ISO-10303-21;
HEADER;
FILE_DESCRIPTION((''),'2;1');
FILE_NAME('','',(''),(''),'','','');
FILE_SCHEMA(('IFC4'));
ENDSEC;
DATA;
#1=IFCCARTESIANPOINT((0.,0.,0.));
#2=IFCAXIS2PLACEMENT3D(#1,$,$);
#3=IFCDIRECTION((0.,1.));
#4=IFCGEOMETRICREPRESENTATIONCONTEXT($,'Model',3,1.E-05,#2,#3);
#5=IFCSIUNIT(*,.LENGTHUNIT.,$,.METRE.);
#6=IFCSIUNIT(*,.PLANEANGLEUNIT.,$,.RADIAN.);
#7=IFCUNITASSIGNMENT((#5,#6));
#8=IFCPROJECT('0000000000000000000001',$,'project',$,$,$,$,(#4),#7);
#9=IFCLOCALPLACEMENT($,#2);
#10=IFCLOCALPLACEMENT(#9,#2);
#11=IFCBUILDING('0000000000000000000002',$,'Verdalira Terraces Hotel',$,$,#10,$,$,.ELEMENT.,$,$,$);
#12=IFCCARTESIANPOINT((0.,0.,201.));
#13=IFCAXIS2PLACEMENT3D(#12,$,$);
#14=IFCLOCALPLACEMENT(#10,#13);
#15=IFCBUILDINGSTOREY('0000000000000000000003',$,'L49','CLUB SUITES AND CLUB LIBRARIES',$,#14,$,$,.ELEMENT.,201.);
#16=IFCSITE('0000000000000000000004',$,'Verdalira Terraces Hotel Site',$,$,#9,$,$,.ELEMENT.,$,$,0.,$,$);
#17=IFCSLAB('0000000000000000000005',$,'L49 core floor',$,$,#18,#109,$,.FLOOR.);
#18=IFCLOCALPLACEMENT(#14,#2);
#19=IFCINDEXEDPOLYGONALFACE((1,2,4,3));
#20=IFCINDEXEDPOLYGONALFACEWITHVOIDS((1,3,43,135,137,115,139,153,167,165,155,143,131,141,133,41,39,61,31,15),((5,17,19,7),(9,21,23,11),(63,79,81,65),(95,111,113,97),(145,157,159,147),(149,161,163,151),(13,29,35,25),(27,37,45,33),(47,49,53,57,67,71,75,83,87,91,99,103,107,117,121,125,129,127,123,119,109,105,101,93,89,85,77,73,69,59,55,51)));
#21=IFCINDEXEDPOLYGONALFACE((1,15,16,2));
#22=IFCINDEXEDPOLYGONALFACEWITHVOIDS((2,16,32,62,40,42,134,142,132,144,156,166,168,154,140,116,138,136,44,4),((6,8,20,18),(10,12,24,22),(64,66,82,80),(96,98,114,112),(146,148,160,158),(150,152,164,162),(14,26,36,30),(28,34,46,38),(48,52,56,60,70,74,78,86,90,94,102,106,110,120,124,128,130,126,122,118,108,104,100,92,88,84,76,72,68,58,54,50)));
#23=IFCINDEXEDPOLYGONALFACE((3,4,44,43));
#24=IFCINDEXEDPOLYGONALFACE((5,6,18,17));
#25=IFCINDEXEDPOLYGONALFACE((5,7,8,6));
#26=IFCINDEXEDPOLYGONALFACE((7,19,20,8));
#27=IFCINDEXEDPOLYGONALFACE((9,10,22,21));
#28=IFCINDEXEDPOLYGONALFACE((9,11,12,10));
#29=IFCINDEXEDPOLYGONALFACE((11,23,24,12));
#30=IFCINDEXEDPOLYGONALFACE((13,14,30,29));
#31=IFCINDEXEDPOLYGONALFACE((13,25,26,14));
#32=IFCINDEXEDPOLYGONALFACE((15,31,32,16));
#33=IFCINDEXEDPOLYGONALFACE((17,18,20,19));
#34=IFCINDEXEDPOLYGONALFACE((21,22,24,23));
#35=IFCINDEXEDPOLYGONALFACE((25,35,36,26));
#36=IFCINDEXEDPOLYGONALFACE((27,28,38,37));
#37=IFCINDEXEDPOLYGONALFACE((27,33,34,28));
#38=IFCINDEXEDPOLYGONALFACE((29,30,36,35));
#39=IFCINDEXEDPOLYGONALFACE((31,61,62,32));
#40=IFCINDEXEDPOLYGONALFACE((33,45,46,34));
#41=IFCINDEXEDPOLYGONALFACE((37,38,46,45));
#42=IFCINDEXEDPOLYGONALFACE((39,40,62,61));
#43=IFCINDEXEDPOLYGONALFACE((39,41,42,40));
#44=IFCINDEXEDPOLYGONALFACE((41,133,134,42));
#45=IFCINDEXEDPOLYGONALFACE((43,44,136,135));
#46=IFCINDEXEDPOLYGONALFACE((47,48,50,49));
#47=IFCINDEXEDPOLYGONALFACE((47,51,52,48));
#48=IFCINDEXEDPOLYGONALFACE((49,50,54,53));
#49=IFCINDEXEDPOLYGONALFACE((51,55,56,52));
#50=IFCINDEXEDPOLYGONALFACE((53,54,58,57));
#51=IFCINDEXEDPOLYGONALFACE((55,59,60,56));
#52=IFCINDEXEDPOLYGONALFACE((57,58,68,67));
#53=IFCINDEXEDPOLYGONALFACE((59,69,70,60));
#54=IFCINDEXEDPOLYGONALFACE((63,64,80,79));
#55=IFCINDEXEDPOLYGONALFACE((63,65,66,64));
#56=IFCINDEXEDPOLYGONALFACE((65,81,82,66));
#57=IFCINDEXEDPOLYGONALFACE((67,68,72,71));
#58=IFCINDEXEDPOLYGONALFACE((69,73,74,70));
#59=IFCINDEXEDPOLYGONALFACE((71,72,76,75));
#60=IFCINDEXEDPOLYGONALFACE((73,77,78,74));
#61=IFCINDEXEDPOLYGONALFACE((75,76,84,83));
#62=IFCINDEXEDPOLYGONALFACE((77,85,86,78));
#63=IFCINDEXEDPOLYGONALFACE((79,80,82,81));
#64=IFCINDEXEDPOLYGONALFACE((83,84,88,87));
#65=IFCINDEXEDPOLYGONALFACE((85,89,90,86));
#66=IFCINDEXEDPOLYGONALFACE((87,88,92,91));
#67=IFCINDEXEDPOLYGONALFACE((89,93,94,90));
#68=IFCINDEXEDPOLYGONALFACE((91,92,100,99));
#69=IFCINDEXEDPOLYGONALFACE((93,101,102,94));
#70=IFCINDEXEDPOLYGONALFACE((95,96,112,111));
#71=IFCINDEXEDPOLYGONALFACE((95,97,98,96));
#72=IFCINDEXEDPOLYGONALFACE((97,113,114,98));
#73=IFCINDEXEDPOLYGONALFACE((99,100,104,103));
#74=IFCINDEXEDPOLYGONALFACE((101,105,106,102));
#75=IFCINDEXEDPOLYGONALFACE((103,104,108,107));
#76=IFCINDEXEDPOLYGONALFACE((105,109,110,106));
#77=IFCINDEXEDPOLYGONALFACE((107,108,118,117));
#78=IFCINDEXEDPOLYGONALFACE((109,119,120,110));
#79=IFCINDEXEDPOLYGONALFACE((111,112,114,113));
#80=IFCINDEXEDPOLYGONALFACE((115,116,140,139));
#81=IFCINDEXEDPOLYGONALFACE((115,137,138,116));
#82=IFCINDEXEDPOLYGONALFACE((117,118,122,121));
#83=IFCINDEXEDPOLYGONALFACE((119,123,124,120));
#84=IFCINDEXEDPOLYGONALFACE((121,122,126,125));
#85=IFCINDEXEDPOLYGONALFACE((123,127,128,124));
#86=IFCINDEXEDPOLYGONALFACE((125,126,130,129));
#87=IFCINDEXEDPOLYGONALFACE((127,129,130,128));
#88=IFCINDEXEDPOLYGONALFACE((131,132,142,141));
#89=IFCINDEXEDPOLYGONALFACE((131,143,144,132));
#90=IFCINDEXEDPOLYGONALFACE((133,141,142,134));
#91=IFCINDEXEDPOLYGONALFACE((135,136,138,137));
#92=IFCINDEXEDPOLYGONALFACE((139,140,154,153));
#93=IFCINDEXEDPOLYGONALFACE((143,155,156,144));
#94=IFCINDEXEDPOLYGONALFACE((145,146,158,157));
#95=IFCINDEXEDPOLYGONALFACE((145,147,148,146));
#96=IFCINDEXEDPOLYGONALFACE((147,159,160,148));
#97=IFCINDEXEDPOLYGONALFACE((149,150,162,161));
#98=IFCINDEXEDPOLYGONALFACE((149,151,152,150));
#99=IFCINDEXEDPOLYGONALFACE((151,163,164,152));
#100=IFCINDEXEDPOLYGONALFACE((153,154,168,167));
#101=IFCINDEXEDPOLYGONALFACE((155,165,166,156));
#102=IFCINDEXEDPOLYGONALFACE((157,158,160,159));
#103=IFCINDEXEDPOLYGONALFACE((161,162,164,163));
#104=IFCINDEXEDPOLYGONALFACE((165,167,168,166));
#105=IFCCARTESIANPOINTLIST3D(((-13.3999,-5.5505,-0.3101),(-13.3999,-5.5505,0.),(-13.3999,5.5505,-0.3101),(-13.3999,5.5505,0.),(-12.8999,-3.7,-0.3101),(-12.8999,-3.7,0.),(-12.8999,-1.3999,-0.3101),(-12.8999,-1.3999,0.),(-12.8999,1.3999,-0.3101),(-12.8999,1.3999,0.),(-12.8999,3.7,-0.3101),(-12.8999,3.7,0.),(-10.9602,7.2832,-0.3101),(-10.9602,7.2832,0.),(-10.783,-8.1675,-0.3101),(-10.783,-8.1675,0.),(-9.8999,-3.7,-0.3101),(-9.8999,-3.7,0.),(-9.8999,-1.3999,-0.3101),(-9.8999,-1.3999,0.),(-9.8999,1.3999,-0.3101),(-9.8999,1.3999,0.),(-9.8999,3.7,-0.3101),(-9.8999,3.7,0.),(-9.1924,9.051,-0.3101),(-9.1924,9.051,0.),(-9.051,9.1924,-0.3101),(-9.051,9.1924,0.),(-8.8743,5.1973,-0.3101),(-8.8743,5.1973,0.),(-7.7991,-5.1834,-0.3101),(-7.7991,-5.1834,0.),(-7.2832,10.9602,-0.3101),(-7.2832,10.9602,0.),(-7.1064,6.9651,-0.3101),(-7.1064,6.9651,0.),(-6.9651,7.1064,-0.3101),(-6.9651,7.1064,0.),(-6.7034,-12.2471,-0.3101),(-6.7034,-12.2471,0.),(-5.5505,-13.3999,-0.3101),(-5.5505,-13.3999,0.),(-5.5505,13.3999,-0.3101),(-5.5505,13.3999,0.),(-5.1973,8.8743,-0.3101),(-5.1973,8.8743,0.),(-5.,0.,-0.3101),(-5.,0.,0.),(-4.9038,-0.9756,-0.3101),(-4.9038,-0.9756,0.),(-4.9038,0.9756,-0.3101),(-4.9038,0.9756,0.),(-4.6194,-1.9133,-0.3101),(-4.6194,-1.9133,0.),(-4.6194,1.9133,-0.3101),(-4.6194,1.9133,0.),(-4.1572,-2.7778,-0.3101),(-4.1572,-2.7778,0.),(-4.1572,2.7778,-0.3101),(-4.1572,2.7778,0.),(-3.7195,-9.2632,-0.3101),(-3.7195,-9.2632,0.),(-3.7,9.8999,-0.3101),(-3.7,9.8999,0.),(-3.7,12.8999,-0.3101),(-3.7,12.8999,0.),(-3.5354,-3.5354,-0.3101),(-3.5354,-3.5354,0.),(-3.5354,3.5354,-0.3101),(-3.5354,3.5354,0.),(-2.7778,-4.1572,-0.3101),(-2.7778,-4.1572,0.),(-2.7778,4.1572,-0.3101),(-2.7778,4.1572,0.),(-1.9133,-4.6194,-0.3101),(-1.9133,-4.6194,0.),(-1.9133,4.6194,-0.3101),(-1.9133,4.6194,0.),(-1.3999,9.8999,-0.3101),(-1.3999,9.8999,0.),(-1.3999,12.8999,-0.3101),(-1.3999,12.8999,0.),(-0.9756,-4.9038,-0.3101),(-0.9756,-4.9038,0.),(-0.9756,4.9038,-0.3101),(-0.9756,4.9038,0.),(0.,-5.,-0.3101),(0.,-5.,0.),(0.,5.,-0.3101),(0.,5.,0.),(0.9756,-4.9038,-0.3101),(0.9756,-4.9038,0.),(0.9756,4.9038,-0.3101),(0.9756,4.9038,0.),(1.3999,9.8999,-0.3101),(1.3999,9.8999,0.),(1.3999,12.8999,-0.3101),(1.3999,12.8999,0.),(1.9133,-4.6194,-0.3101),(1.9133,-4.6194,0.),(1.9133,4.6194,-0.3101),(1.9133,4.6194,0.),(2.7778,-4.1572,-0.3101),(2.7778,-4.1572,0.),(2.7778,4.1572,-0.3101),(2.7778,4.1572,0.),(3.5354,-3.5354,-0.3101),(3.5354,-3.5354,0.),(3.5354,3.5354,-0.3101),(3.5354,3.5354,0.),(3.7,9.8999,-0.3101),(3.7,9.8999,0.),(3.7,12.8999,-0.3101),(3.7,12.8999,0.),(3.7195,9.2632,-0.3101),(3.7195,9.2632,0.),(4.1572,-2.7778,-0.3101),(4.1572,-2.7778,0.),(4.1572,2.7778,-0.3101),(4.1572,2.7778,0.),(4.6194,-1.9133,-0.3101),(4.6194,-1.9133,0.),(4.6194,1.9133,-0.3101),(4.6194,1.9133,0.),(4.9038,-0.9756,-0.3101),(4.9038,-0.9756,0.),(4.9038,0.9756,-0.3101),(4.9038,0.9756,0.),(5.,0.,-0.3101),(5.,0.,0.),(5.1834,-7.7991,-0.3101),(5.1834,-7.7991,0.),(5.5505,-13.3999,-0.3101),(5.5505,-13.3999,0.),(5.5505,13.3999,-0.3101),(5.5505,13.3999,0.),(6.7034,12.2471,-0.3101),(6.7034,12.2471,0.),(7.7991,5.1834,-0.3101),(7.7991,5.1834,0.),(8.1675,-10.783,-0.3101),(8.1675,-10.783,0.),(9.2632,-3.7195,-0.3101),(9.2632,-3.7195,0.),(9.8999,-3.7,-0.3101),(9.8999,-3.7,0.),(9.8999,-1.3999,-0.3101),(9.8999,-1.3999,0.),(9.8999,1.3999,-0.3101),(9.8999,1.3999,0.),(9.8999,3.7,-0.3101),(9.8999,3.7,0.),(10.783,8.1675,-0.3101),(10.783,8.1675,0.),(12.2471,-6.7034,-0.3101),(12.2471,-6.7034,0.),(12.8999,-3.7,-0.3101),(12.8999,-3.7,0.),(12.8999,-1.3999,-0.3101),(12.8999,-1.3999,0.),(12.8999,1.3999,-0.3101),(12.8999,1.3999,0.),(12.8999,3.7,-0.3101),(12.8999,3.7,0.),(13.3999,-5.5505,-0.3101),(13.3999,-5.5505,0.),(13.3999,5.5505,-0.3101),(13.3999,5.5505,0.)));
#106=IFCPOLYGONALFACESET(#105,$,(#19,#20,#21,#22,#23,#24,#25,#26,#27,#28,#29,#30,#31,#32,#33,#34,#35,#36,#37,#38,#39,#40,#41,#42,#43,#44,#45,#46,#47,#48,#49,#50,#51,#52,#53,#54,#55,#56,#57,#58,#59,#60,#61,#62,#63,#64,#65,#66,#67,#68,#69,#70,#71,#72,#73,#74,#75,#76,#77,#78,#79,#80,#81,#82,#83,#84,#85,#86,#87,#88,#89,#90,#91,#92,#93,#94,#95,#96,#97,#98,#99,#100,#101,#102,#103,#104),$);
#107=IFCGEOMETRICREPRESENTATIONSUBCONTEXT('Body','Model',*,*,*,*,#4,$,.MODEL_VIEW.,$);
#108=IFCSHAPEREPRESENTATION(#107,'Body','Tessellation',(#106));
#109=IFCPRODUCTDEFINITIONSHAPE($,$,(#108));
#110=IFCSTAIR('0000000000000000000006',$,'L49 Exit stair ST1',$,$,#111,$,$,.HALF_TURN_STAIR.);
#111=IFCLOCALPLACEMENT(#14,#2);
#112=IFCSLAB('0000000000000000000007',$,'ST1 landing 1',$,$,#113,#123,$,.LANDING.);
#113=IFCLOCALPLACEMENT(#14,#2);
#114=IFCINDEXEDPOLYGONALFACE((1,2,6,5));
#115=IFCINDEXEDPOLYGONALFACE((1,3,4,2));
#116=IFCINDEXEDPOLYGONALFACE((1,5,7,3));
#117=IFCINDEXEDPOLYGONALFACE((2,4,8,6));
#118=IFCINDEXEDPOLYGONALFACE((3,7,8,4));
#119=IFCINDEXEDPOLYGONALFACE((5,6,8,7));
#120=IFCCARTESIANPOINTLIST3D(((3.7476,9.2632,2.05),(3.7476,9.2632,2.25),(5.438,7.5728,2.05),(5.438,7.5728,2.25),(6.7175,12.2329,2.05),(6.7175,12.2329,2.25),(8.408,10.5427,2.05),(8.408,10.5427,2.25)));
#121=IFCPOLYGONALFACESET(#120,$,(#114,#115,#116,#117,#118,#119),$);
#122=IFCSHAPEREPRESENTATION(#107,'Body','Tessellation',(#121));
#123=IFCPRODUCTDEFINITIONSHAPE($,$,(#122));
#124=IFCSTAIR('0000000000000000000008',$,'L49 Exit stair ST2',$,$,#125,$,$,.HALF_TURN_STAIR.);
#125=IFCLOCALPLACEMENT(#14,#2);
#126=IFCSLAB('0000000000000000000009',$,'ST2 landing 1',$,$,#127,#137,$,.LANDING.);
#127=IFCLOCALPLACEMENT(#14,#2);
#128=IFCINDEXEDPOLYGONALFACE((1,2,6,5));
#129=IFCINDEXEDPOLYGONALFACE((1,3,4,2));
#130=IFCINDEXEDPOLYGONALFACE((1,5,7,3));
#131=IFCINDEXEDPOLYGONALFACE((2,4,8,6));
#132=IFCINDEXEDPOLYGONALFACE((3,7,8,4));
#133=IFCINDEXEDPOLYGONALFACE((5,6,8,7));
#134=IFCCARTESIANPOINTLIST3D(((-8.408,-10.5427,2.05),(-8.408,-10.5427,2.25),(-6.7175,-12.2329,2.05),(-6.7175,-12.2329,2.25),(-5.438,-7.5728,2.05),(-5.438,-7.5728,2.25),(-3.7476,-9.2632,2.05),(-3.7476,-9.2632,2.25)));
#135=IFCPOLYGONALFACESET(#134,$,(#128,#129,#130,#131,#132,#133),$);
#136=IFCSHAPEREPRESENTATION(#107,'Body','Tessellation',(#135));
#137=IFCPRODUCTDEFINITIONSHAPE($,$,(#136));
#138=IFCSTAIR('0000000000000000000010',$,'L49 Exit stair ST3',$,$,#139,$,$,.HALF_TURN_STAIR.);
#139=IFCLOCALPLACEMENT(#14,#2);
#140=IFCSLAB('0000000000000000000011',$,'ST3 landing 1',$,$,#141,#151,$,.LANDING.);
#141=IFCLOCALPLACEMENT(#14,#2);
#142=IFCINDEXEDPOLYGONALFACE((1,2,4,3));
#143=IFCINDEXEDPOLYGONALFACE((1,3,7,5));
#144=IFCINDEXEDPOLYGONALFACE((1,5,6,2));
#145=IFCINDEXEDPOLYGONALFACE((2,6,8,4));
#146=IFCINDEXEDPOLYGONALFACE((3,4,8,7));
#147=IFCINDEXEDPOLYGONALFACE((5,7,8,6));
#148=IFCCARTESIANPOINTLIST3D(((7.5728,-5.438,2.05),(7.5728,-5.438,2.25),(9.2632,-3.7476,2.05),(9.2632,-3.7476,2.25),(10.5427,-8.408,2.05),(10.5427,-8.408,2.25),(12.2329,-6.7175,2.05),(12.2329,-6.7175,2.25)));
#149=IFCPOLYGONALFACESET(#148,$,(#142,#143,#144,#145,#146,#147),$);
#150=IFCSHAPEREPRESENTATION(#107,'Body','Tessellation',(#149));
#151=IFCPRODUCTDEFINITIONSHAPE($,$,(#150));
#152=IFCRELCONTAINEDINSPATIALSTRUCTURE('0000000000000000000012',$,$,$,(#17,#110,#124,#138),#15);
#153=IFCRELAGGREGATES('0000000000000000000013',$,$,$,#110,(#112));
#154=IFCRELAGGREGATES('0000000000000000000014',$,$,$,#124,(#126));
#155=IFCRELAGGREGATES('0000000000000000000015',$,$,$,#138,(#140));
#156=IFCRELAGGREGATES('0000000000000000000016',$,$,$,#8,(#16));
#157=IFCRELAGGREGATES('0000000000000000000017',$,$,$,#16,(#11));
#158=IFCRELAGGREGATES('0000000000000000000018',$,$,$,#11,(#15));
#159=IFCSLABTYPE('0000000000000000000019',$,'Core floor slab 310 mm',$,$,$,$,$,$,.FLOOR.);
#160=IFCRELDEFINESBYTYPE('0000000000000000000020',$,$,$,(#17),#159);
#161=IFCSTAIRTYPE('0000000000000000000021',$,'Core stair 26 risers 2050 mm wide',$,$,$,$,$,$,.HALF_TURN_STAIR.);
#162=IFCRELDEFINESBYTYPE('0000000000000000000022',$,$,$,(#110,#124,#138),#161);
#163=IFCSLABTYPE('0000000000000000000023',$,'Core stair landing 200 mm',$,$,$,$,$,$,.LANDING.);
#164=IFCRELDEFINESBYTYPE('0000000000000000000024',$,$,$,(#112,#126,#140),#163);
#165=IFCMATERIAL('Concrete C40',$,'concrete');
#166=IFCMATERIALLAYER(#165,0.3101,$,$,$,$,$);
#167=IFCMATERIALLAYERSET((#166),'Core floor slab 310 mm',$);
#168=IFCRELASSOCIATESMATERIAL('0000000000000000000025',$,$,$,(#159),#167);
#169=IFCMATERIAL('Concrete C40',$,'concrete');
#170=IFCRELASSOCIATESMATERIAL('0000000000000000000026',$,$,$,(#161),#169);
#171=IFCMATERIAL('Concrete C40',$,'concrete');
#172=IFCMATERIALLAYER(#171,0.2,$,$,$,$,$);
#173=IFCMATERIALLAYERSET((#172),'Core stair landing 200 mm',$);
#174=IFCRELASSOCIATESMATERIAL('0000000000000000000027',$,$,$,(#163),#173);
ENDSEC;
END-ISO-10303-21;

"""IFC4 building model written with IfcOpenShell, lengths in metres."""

from ifc_helpers import new_model, si_unit, direction, frame, origin, place, context, subcontext, project, spatial, polyline, outline, extrude, material, layer, layer_set, type_object, element, aggregate, save


model = new_model("IFC4")

# Units and contexts
model_context = context("Model", 3, precision=1e-05, world=origin(), true_north=direction((0.0, 1.0)))
body_context = subcontext(model_context, "Body", "Model", "MODEL_VIEW")
ifc_project = project(units=[si_unit("LENGTHUNIT", "METRE"), si_unit("PLANEANGLEUNIT", "RADIAN")], contexts=[model_context])

# Site, building, storey
site_placement = place(None, origin())
site = spatial("IfcSite", under=ifc_project, at=site_placement, Name="Verdalira Terraces Hotel Site", CompositionType="ELEMENT", RefElevation=0.0)
building_placement = place(site_placement, origin())
building = spatial("IfcBuilding", under=site, at=building_placement, Name="Verdalira Terraces Hotel", CompositionType="ELEMENT")
storey_placement = place(building_placement, frame((0.0, 0.0, 201.0)))
storey = spatial("IfcBuildingStorey", under=building, at=storey_placement, Name="L49", Description="CLUB SUITES AND CLUB LIBRARIES", CompositionType="ELEMENT", Elevation=201.0)

# Slab
ifc_material_1 = material(Name="Concrete C40", Category="concrete")
ifc_layer_1 = layer(ifc_material_1, 0.3101)
ifc_layer_set_1 = layer_set([ifc_layer_1], Name="Core floor slab 310 mm")
slab_type_1 = type_object("IfcSlabType", Name="Core floor slab 310 mm", PredefinedType="FLOOR", material=ifc_layer_set_1)
slab_1_placement = place(storey_placement, frame((0.0, 0.0, -0.3101)))
element("IfcSlab", 1, at=slab_1_placement, inside=storey, type_object=slab_type_1, Name="L49 core floor", PredefinedType="FLOOR", context=body_context, shape_type="SweptSolid", body=[
    extrude(outline(polyline([(-6.7034, -12.2471), (-3.7195, -9.2632), (-7.7991, -5.1833), (-10.783, -8.1675), (-13.3999, -5.5505), (-13.3999, 5.5505), (-5.5505, 13.3999), (5.5505, 13.3999), (6.7034, 12.2471), (3.7195, 9.2632), (7.7991, 5.1833), (10.783, 8.1675), (13.3999, 5.5505), (13.3999, -5.5505), (12.2471, -6.7034), (9.2632, -3.7195), (5.1833, -7.7991), (8.1675, -10.783), (5.5505, -13.3999), (-5.5505, -13.3999), (-6.7034, -12.2471)]), holes=[polyline([(9.8999, -1.3999), (9.8999, -3.7), (12.8999, -3.7), (12.8999, -1.3999), (9.8999, -1.3999)]), polyline([(9.8999, 3.7), (9.8999, 1.3999), (12.8999, 1.3999), (12.8999, 3.7), (9.8999, 3.7)]), polyline([(3.7, 12.8999), (1.3999, 12.8999), (1.3999, 9.8999), (3.7, 9.8999), (3.7, 12.8999)]), polyline([(-1.3999, 12.8999), (-3.7, 12.8999), (-3.7, 9.8999), (-1.3999, 9.8999), (-1.3999, 12.8999)]), polyline([(-9.8999, 1.3999), (-9.8999, 3.7), (-12.8999, 3.7), (-12.8999, 1.3999), (-9.8999, 1.3999)]), polyline([(-9.8999, -3.7), (-9.8999, -1.3999), (-12.8999, -1.3999), (-12.8999, -3.7), (-9.8999, -3.7)]), polyline([(-9.051, 9.1924), (-6.9651, 7.1064), (-5.1973, 8.8743), (-7.2832, 10.9602), (-9.051, 9.1924)]), polyline([(-9.1924, 9.051), (-10.9602, 7.2832), (-8.8743, 5.1973), (-7.1064, 6.9651), (-9.1924, 9.051)]), polyline([(3.5354, 3.5354), (2.7778, 4.1572), (1.9133, 4.6194), (0.9756, 4.9038), (0.0, 5.0), (-0.9756, 4.9038), (-1.9133, 4.6194), (-2.7778, 4.1572), (-3.5354, 3.5354), (-4.1572, 2.7778), (-4.6194, 1.9133), (-4.9038, 0.9756), (-5.0, 0.0), (-4.9038, -0.9756), (-4.6194, -1.9133), (-4.1572, -2.7778), (-3.5354, -3.5354), (-2.7778, -4.1572), (-1.9133, -4.6194), (-0.9756, -4.9038), (0.0, -5.0), (0.9756, -4.9038), (1.9133, -4.6194), (2.7778, -4.1572), (3.5354, -3.5354), (4.1572, -2.7778), (4.6194, -1.9133), (4.9038, -0.9756), (5.0, 0.0), (4.9038, 0.9756), (4.6194, 1.9133), (4.1572, 2.7778), (3.5354, 3.5354)])]), origin(), (0.0, 0.0, 1.0), 0.3101),
])

# Stairs, slabs
ifc_material_2 = material(Name="Concrete C40", Category="concrete")
stair_type = type_object("IfcStairType", Name="Core stair 26 risers 2050 mm wide", PredefinedType="HALF_TURN_STAIR", material=ifc_material_2)
stair_1_placement = place(storey_placement, origin())
stair_1 = element("IfcStair", 2, at=stair_1_placement, inside=storey, type_object=stair_type, Name="L49 Exit stair ST1", PredefinedType="HALF_TURN_STAIR")
ifc_material_3 = material(Name="Concrete C40", Category="concrete")
ifc_layer_2 = layer(ifc_material_3, 0.2)
ifc_layer_set_2 = layer_set([ifc_layer_2], Name="Core stair landing 200 mm")
slab_type_2 = type_object("IfcSlabType", Name="Core stair landing 200 mm", PredefinedType="LANDING", material=ifc_layer_set_2)
slab_2_placement = place(storey_placement, frame((0.0, 0.0, 2.05)))
slab_2 = element("IfcSlab", 3, at=slab_2_placement, type_object=slab_type_2, Name="ST1 landing 1", PredefinedType="LANDING", context=body_context, shape_type="SweptSolid", body=[
    extrude(outline(polyline([(8.408, 10.5427), (6.7175, 12.2329), (3.7476, 9.2632), (5.438, 7.5728), (8.408, 10.5427)])), origin(), (0.0, 0.0, 1.0), 0.2),
])
aggregate(stair_1, [slab_2])
stair_2_placement = place(storey_placement, origin())
stair_2 = element("IfcStair", 4, at=stair_2_placement, inside=storey, type_object=stair_type, Name="L49 Exit stair ST2", PredefinedType="HALF_TURN_STAIR")
slab_3_placement = place(storey_placement, frame((0.0, 0.0, 2.05)))
slab_3 = element("IfcSlab", 5, at=slab_3_placement, type_object=slab_type_2, Name="ST2 landing 1", PredefinedType="LANDING", context=body_context, shape_type="SweptSolid", body=[
    extrude(outline(polyline([(-8.408, -10.5427), (-6.7175, -12.2329), (-3.7476, -9.2632), (-5.438, -7.5728), (-8.408, -10.5427)])), origin(), (0.0, 0.0, 1.0), 0.2),
])
aggregate(stair_2, [slab_3])
stair_3_placement = place(storey_placement, origin())
stair_3 = element("IfcStair", 6, at=stair_3_placement, inside=storey, type_object=stair_type, Name="L49 Exit stair ST3", PredefinedType="HALF_TURN_STAIR")
slab_4_placement = place(storey_placement, frame((0.0, 0.0, 2.05)))
slab_4 = element("IfcSlab", 7, at=slab_4_placement, type_object=slab_type_2, Name="ST3 landing 1", PredefinedType="LANDING", context=body_context, shape_type="SweptSolid", body=[
    extrude(outline(polyline([(10.5427, -8.408), (12.2329, -6.7175), (9.2632, -3.7476), (7.5728, -5.438), (10.5427, -8.408)])), origin(), (0.0, 0.0, 1.0), 0.2),
])
aggregate(stair_3, [slab_4])

save(model, "model.ifc")
